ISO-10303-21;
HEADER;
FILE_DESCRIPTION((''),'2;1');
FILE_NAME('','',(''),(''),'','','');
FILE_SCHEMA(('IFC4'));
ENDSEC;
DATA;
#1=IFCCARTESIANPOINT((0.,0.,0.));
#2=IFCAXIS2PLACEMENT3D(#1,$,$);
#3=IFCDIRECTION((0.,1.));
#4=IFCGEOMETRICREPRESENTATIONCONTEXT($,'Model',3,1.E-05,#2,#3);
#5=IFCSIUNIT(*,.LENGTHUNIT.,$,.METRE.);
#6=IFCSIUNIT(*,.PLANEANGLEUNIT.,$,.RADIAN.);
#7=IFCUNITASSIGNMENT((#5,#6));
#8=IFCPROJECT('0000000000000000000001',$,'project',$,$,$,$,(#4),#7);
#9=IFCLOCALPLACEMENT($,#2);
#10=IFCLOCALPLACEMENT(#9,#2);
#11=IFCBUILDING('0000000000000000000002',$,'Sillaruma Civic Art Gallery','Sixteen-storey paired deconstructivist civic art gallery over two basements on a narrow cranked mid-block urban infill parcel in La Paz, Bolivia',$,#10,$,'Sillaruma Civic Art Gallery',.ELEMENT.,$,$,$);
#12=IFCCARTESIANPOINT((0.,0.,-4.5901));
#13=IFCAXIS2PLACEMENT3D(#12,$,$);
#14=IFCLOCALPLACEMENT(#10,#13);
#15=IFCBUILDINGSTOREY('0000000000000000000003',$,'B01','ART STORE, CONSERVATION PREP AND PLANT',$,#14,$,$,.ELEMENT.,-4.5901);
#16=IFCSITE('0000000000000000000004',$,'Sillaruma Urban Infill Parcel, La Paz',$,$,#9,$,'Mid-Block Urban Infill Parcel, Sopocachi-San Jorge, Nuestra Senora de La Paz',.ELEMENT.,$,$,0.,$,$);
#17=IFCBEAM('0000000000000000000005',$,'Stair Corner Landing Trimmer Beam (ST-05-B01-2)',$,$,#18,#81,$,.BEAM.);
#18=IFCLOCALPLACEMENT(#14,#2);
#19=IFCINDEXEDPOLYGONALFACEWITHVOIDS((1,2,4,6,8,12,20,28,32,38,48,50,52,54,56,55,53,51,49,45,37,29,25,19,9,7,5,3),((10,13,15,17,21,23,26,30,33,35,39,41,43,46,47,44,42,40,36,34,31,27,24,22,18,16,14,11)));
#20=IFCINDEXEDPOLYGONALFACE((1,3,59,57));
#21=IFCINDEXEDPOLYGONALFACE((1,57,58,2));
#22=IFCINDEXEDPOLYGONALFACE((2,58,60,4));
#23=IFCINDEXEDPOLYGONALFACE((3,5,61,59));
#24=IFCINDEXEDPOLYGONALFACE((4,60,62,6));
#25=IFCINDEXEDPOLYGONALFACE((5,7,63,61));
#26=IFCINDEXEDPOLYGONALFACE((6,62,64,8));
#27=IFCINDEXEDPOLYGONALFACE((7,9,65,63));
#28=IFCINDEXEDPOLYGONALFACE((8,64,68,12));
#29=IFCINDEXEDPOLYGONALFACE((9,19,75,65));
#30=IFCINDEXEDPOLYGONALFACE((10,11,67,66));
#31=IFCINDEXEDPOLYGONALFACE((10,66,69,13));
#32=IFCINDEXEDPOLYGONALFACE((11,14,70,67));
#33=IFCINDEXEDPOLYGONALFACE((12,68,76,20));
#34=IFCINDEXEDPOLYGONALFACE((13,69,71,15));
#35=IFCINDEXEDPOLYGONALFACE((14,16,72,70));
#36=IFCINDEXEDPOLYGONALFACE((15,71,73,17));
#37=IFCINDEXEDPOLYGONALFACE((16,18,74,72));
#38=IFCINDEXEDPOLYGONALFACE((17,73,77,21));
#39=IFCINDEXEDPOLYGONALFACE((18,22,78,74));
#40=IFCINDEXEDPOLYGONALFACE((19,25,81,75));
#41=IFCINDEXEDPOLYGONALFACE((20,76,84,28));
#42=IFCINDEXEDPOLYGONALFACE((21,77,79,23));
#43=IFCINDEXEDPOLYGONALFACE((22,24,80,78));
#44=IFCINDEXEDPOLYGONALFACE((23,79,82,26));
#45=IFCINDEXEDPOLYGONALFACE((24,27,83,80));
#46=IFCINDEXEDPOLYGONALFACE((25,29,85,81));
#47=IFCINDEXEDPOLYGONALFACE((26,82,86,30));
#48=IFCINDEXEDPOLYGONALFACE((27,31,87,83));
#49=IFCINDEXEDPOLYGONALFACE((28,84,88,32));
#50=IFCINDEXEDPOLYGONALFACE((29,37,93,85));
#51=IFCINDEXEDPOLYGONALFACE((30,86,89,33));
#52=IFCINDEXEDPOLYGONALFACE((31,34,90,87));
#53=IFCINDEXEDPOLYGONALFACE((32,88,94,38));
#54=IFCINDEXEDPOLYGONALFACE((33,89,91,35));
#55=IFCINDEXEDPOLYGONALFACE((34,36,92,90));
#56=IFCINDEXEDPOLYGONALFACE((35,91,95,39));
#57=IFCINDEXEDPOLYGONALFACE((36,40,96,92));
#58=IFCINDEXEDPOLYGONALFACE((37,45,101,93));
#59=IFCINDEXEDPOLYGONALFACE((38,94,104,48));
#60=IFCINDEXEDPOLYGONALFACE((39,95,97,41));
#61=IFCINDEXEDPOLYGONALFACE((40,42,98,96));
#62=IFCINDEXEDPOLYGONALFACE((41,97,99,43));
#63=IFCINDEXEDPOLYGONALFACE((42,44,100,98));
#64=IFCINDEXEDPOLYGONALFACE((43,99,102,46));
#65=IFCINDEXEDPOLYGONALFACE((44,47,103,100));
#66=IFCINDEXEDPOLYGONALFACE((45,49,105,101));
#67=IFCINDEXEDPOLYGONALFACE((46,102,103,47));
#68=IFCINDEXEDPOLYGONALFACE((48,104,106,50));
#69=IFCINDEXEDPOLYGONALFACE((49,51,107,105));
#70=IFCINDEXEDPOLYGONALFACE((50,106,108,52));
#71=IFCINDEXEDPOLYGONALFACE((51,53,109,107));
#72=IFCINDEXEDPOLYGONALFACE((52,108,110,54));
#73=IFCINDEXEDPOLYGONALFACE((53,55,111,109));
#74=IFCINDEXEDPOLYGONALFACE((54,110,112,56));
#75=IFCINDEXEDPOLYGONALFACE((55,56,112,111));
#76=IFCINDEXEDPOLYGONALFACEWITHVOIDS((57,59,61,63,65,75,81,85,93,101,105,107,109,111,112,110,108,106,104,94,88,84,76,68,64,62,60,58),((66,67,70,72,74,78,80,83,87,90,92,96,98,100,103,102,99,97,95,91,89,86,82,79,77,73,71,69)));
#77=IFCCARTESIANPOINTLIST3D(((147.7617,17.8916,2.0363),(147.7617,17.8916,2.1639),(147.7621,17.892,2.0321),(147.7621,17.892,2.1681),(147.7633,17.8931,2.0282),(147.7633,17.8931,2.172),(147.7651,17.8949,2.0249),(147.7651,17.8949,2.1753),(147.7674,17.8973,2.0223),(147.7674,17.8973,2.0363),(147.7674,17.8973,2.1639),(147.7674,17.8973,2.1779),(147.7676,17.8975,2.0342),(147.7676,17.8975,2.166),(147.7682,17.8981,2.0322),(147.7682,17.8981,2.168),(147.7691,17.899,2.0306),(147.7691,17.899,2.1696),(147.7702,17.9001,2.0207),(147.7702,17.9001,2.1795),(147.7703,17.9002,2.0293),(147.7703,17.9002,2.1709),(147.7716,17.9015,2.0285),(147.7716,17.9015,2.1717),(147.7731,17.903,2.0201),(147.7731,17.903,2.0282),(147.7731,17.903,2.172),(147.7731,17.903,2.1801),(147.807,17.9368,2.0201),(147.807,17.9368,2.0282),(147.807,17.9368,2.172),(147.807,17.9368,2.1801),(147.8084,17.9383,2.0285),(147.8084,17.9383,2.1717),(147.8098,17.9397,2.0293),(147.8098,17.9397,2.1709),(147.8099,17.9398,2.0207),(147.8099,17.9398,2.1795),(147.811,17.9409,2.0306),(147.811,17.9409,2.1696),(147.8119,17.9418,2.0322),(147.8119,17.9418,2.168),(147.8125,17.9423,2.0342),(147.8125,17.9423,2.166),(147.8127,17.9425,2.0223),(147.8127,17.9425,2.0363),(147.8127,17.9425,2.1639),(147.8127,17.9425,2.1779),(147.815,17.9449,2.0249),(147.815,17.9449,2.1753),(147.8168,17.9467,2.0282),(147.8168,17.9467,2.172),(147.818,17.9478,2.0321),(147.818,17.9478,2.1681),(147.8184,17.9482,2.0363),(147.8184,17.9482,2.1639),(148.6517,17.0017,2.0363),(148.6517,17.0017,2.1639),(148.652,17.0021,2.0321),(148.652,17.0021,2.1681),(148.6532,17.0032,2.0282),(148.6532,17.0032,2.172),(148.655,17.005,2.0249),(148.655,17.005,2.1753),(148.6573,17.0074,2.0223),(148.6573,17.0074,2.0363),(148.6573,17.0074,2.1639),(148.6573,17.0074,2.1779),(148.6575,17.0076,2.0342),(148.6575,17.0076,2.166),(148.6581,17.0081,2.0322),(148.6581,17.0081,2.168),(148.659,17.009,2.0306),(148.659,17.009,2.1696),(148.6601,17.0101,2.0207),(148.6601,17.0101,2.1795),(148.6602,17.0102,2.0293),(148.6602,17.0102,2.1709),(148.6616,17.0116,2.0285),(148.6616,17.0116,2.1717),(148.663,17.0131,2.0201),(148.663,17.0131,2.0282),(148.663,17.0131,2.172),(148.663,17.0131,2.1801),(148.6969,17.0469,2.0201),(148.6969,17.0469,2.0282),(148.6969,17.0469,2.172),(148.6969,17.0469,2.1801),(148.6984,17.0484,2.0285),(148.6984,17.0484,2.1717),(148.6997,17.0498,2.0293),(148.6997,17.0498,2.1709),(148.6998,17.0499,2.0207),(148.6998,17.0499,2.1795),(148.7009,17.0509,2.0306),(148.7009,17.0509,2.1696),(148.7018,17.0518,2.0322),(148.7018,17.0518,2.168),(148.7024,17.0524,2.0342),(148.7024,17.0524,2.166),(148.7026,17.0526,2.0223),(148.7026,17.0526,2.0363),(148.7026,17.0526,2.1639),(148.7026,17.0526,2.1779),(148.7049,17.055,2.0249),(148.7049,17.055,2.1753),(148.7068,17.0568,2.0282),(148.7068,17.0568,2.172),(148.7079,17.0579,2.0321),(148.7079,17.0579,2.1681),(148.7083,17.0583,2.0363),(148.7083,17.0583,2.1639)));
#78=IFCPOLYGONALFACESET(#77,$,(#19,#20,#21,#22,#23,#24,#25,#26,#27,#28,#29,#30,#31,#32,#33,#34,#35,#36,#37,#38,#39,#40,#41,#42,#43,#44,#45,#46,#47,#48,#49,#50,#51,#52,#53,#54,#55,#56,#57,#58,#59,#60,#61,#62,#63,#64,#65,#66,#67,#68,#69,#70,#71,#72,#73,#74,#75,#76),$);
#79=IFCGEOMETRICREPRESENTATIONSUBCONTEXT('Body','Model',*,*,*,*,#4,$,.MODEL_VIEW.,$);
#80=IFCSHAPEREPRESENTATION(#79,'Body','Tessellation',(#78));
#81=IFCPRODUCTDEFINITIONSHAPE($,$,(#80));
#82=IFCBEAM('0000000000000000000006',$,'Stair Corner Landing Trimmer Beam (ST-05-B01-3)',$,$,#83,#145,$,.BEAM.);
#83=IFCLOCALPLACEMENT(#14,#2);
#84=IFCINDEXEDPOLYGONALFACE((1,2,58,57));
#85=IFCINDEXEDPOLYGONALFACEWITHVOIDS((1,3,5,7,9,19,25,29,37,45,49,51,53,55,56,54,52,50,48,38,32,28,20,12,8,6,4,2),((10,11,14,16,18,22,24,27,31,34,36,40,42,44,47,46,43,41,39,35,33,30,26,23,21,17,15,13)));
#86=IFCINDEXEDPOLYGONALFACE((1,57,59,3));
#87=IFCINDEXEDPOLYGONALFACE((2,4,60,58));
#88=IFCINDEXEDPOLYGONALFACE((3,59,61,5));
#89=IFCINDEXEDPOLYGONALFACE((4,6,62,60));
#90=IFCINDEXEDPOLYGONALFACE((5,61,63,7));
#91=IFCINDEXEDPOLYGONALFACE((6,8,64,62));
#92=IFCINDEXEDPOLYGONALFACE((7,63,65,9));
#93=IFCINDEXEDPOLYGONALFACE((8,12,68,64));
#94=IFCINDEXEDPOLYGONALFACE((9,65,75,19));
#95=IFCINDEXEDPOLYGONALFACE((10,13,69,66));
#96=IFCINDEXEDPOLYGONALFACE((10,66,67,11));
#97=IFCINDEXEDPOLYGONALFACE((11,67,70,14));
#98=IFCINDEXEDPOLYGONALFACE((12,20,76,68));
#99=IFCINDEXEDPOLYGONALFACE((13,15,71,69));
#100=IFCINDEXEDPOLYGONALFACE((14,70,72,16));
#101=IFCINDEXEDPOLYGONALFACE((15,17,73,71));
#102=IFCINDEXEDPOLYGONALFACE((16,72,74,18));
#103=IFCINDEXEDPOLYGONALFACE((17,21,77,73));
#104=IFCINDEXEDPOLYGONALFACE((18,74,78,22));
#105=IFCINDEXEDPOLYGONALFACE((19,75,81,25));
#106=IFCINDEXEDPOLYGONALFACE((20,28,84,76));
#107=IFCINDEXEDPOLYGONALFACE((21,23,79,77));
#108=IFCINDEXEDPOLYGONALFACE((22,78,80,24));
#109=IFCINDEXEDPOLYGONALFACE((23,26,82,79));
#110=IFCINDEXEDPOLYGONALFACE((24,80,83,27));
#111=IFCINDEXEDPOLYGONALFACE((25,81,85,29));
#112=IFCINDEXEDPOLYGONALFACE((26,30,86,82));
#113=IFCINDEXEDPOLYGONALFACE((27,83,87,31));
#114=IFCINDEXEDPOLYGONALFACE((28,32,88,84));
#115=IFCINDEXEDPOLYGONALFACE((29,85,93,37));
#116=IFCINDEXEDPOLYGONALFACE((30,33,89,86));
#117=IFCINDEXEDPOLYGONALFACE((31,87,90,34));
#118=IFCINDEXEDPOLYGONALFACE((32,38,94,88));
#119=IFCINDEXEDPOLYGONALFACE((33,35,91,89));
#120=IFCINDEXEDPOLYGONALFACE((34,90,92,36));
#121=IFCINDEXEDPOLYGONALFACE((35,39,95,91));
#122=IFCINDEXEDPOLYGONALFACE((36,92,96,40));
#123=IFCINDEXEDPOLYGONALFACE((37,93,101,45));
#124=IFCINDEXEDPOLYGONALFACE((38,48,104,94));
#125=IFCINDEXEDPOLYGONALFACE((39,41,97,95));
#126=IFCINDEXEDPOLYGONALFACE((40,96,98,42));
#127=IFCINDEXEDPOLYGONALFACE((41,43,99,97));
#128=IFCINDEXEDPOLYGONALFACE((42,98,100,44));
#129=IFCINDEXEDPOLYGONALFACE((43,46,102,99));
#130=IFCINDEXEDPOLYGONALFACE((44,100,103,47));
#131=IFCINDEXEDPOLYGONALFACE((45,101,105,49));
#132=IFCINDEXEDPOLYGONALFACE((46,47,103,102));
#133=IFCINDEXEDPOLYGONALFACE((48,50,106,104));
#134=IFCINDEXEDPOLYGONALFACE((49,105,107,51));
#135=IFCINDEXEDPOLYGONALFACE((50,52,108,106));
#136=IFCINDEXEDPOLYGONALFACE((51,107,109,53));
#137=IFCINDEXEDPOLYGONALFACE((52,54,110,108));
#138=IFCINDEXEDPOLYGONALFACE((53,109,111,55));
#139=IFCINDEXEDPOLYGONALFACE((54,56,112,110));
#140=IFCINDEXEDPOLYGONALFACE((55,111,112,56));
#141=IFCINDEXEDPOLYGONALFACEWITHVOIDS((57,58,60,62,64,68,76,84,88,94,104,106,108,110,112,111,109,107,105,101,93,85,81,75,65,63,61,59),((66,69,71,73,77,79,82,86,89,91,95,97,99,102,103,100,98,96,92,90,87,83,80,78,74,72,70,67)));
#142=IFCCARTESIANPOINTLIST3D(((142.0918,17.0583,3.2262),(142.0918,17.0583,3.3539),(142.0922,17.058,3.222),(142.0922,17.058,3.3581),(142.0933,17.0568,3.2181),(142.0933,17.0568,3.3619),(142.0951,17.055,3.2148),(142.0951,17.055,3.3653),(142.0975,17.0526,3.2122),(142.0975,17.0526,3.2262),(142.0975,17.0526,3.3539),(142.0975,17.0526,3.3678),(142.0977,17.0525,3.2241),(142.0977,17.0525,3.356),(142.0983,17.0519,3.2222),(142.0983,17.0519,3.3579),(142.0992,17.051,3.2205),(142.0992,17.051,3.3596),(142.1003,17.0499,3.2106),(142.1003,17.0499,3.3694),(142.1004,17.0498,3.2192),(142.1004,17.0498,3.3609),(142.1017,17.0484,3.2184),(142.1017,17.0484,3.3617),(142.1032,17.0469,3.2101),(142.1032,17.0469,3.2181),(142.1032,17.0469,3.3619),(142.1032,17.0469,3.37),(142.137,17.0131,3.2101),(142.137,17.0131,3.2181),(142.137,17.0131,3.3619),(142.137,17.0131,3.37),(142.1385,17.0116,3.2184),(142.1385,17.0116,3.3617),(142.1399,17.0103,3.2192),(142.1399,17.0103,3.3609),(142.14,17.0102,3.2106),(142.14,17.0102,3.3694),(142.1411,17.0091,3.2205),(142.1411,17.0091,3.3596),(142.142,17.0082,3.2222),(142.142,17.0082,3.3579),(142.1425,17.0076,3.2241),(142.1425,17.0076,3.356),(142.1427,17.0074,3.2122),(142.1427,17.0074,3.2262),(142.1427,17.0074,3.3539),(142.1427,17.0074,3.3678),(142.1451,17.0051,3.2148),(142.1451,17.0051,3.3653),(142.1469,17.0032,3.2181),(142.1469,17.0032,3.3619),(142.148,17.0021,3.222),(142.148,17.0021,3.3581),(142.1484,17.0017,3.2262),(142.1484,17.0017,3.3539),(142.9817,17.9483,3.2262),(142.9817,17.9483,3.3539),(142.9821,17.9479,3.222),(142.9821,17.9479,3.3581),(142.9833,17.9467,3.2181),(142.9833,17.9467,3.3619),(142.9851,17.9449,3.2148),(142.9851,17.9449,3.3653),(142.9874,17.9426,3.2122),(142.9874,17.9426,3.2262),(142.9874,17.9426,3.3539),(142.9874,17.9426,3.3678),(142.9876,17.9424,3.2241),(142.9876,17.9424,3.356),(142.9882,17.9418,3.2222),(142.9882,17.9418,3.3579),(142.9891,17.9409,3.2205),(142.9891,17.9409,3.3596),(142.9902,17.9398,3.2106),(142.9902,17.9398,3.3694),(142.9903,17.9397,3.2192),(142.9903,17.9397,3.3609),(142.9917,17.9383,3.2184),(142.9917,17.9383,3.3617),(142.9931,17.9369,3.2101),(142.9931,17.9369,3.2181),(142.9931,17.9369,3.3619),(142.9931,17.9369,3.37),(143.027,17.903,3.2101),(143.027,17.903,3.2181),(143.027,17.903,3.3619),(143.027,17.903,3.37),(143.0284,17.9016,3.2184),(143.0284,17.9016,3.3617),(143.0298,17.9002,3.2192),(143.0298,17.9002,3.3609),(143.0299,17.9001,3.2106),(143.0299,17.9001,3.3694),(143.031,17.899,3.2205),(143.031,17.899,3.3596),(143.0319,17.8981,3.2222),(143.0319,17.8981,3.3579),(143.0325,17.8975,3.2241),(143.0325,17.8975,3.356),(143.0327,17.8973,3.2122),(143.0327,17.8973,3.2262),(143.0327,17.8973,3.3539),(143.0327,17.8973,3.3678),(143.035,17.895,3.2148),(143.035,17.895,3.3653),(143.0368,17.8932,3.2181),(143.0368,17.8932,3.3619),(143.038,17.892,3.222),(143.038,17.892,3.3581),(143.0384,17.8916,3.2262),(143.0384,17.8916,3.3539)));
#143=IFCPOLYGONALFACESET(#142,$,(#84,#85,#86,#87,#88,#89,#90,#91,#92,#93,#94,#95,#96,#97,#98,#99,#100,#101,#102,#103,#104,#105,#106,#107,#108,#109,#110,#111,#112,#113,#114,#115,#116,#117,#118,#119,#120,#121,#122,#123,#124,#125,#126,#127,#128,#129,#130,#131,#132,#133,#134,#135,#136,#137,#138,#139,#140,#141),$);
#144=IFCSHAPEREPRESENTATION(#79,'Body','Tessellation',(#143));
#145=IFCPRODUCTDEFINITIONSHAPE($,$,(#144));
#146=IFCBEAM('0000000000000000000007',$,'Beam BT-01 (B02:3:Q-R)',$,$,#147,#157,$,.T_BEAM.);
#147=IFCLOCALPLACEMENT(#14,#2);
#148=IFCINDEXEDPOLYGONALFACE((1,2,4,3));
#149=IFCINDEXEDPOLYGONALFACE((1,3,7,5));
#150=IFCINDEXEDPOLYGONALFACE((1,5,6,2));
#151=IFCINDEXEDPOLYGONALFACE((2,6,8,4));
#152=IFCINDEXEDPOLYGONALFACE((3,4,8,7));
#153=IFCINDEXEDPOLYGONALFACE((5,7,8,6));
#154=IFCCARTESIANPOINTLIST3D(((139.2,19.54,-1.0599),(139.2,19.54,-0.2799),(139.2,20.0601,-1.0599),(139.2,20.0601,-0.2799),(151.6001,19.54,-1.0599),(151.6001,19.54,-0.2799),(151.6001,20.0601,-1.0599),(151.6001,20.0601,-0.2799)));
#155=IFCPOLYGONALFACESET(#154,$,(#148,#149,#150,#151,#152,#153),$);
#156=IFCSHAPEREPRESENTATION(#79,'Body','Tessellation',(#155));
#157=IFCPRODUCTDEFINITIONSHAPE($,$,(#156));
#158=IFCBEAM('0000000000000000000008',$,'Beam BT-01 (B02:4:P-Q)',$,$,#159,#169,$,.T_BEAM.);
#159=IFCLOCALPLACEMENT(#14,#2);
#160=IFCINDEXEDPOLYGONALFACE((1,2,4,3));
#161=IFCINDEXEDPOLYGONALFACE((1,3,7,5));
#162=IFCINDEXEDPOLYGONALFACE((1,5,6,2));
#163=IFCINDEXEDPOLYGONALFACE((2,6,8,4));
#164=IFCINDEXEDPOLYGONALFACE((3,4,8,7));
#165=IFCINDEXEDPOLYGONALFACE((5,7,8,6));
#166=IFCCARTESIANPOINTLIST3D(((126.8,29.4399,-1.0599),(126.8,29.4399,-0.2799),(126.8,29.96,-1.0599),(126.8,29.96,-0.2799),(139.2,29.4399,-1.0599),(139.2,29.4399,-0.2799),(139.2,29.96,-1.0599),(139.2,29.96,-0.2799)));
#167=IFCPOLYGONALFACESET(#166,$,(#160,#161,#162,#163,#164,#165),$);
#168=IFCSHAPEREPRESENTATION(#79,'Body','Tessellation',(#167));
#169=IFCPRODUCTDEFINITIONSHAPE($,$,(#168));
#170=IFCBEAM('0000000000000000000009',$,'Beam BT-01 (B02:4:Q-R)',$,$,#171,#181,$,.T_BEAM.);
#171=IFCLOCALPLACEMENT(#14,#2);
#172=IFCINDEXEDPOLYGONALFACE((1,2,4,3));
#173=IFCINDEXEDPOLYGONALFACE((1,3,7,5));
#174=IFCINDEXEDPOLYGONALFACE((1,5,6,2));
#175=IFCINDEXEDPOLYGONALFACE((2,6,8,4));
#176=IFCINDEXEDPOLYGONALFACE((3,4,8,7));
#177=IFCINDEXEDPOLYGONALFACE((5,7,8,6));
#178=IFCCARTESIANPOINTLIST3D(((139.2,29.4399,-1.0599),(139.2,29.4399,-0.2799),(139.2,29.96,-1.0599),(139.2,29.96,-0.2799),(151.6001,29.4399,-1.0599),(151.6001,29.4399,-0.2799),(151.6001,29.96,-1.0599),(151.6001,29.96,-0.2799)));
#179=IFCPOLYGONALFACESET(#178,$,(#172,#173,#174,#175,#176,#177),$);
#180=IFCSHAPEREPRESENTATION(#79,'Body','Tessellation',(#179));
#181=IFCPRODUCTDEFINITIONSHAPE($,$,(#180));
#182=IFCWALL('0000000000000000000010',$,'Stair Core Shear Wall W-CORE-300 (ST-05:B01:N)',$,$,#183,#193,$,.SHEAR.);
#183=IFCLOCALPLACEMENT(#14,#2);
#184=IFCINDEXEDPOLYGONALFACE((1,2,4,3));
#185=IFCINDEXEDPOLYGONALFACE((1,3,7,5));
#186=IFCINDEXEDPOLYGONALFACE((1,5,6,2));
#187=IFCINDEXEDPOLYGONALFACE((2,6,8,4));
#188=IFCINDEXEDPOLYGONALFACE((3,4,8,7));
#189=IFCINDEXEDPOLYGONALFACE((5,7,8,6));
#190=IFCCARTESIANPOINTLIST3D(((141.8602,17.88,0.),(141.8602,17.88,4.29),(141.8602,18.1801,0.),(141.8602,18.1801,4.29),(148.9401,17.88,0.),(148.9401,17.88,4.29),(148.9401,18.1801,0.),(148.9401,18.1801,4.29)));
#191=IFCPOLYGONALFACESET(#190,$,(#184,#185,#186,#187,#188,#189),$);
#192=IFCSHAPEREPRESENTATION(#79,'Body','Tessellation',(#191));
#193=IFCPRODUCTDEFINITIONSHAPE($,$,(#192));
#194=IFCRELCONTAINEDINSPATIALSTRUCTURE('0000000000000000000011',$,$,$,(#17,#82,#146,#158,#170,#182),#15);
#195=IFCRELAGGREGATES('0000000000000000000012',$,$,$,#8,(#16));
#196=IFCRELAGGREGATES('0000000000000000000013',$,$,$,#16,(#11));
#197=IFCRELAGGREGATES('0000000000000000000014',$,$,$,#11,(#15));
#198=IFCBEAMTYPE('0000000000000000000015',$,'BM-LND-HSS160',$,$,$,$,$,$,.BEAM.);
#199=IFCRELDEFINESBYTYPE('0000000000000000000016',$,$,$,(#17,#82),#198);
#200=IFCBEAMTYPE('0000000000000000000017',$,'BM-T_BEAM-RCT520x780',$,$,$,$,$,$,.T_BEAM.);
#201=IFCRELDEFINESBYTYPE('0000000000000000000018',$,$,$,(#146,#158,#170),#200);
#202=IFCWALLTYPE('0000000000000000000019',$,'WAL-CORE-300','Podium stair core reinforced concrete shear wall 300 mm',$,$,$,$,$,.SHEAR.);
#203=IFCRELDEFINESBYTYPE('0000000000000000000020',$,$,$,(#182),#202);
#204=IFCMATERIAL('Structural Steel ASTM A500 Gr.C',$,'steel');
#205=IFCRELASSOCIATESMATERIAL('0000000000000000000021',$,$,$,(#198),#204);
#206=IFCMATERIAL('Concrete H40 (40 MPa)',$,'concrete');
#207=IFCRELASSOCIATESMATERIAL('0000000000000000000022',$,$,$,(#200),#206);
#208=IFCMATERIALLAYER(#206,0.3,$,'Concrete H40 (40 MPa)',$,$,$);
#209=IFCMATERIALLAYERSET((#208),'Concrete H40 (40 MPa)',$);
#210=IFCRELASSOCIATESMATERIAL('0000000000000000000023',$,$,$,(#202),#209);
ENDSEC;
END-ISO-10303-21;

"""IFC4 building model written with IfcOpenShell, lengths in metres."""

from ifc_helpers import new_model, si_unit, direction, frame, frame_2d, origin, origin_2d, place, context, subcontext, project, spatial, rectangle, hollow_rectangle, extrude, material, layer, layer_set, material_profile, profile_set, type_object, element, save


model = new_model("IFC4")

# Units and contexts
model_context = context("Model", 3, precision=1e-05, world=origin(), true_north=direction((0.0, 1.0)))
body_context = subcontext(model_context, "Body", "Model", "MODEL_VIEW")
ifc_project = project(units=[si_unit("LENGTHUNIT", "METRE"), si_unit("PLANEANGLEUNIT", "RADIAN")], contexts=[model_context])

# Site, building, storey
site_placement = place(None, origin())
site = spatial("IfcSite", under=ifc_project, at=site_placement, Name="Sillaruma Urban Infill Parcel, La Paz", LongName="Mid-Block Urban Infill Parcel, Sopocachi-San Jorge, Nuestra Senora de La Paz", CompositionType="ELEMENT", RefElevation=0.0)
building_placement = place(site_placement, origin())
building = spatial("IfcBuilding", under=site, at=building_placement, Name="Sillaruma Civic Art Gallery", Description="Sixteen-storey paired deconstructivist civic art gallery over two basements on a narrow cranked mid-block urban infill parcel in La Paz, Bolivia", LongName="Sillaruma Civic Art Gallery", CompositionType="ELEMENT")
storey_placement = place(building_placement, frame((0.0, 0.0, -4.5901)))
storey = spatial("IfcBuildingStorey", under=building, at=storey_placement, Name="B01", Description="ART STORE, CONSERVATION PREP AND PLANT", CompositionType="ELEMENT", Elevation=-4.5901)

# Shared definitions
ifc_material_1 = material(Name="Concrete H40 (40 MPa)", Category="concrete")

# Beams
ifc_material_2 = material(Name="Structural Steel ASTM A500 Gr.C", Category="steel")
ifc_material_profile_1 = material_profile(ifc_material_2, hollow_rectangle(XDim=0.0801, YDim=0.1599, WallThickness=0.0081, InnerFilletRadius=0.0081, OuterFilletRadius=0.0161, at=origin_2d()), Name="HSS160x80x8")
ifc_profile_set_1 = profile_set([ifc_material_profile_1], Name="Structural Steel ASTM A500 Gr.C")
beam_type_1 = type_object("IfcBeamType", Name="BM-LND-HSS160", PredefinedType="BEAM", material=ifc_profile_set_1)
for number, where, z_axis, x_axis, name in (
    (1, (147.79, 17.9199, 2.1001), (0.707107, -0.707107, 0.0), (0.707107, 0.707107, 0.0), "Stair Corner Landing Trimmer Beam (ST-05-B01-2)"),
    (2, (142.1201, 17.03, 3.29), (0.707107, 0.707107, 0.0), (-0.707107, 0.707107, 0.0), "Stair Corner Landing Trimmer Beam (ST-05-B01-3)"),
):
    element("IfcBeam", number, at=place(storey_placement, frame(where, z_axis=z_axis, x_axis=x_axis)), inside=storey, type_object=beam_type_1, Name=name, PredefinedType="BEAM", context=body_context, shape_type="SweptSolid", body=[
        extrude(hollow_rectangle(XDim=0.0801, YDim=0.1599, WallThickness=0.0081, InnerFilletRadius=0.0081, OuterFilletRadius=0.0161, at=origin_2d()), origin(), (0.0, 0.0, 1.0), 1.2585),
    ])
ifc_material_profile_2 = material_profile(ifc_material_1, rectangle(XDim=0.52, YDim=0.78, at=origin_2d()), Name="RCT520x780")
ifc_profile_set_2 = profile_set([ifc_material_profile_2], Name="Concrete H40 (40 MPa)")
beam_type_2 = type_object("IfcBeamType", Name="BM-T_BEAM-RCT520x780", PredefinedType="T_BEAM", material=ifc_profile_set_2)
beam_1_placement = place(storey_placement, frame((139.2, 19.8, -0.6699), z_axis=(1.0, 0.0, 0.0), x_axis=(0.0, 1.0, 0.0)))
element("IfcBeam", 3, at=beam_1_placement, inside=storey, type_object=beam_type_2, Name="Beam BT-01 (B02:3:Q-R)", PredefinedType="T_BEAM", context=body_context, shape_type="SweptSolid", body=[
    extrude(rectangle(XDim=0.52, YDim=0.78, at=origin_2d()), origin(), (0.0, 0.0, 1.0), 12.4001),
])
beam_2_placement = place(storey_placement, frame((126.8, 29.7, -0.6699), z_axis=(1.0, 0.0, 0.0), x_axis=(0.0, 1.0, 0.0)))
element("IfcBeam", 4, at=beam_2_placement, inside=storey, type_object=beam_type_2, Name="Beam BT-01 (B02:4:P-Q)", PredefinedType="T_BEAM", context=body_context, shape_type="SweptSolid", body=[
    extrude(rectangle(XDim=0.52, YDim=0.78, at=origin_2d()), origin(), (0.0, 0.0, 1.0), 12.3999),
])
beam_3_placement = place(storey_placement, frame((139.2, 29.7, -0.6699), z_axis=(1.0, 0.0, 0.0), x_axis=(0.0, 1.0, 0.0)))
element("IfcBeam", 5, at=beam_3_placement, inside=storey, type_object=beam_type_2, Name="Beam BT-01 (B02:4:Q-R)", PredefinedType="T_BEAM", context=body_context, shape_type="SweptSolid", body=[
    extrude(rectangle(XDim=0.52, YDim=0.78, at=origin_2d()), origin(), (0.0, 0.0, 1.0), 12.4001),
])

# Wall
ifc_layer_1 = layer(ifc_material_1, 0.3, Name="Concrete H40 (40 MPa)")
ifc_layer_set_1 = layer_set([ifc_layer_1], Name="Concrete H40 (40 MPa)")
wall_type_1 = type_object("IfcWallType", Name="WAL-CORE-300", Description="Podium stair core reinforced concrete shear wall 300 mm", PredefinedType="SHEAR", material=ifc_layer_set_1)
wall_1_placement = place(storey_placement, frame((141.8601, 18.03, 0.0), z_axis=(0.0, 0.0, 1.0), x_axis=(1.0, 0.0, 0.0)))
element("IfcWall", 6, at=wall_1_placement, inside=storey, type_object=wall_type_1, Name="Stair Core Shear Wall W-CORE-300 (ST-05:B01:N)", PredefinedType="SHEAR", context=body_context, shape_type="SweptSolid", body=[
    extrude(rectangle(XDim=7.0798, YDim=0.3, at=frame_2d((3.54, 0.0))), origin(), (0.0, 0.0, 1.0), 4.29),
])

save(model, "model.ifc")
